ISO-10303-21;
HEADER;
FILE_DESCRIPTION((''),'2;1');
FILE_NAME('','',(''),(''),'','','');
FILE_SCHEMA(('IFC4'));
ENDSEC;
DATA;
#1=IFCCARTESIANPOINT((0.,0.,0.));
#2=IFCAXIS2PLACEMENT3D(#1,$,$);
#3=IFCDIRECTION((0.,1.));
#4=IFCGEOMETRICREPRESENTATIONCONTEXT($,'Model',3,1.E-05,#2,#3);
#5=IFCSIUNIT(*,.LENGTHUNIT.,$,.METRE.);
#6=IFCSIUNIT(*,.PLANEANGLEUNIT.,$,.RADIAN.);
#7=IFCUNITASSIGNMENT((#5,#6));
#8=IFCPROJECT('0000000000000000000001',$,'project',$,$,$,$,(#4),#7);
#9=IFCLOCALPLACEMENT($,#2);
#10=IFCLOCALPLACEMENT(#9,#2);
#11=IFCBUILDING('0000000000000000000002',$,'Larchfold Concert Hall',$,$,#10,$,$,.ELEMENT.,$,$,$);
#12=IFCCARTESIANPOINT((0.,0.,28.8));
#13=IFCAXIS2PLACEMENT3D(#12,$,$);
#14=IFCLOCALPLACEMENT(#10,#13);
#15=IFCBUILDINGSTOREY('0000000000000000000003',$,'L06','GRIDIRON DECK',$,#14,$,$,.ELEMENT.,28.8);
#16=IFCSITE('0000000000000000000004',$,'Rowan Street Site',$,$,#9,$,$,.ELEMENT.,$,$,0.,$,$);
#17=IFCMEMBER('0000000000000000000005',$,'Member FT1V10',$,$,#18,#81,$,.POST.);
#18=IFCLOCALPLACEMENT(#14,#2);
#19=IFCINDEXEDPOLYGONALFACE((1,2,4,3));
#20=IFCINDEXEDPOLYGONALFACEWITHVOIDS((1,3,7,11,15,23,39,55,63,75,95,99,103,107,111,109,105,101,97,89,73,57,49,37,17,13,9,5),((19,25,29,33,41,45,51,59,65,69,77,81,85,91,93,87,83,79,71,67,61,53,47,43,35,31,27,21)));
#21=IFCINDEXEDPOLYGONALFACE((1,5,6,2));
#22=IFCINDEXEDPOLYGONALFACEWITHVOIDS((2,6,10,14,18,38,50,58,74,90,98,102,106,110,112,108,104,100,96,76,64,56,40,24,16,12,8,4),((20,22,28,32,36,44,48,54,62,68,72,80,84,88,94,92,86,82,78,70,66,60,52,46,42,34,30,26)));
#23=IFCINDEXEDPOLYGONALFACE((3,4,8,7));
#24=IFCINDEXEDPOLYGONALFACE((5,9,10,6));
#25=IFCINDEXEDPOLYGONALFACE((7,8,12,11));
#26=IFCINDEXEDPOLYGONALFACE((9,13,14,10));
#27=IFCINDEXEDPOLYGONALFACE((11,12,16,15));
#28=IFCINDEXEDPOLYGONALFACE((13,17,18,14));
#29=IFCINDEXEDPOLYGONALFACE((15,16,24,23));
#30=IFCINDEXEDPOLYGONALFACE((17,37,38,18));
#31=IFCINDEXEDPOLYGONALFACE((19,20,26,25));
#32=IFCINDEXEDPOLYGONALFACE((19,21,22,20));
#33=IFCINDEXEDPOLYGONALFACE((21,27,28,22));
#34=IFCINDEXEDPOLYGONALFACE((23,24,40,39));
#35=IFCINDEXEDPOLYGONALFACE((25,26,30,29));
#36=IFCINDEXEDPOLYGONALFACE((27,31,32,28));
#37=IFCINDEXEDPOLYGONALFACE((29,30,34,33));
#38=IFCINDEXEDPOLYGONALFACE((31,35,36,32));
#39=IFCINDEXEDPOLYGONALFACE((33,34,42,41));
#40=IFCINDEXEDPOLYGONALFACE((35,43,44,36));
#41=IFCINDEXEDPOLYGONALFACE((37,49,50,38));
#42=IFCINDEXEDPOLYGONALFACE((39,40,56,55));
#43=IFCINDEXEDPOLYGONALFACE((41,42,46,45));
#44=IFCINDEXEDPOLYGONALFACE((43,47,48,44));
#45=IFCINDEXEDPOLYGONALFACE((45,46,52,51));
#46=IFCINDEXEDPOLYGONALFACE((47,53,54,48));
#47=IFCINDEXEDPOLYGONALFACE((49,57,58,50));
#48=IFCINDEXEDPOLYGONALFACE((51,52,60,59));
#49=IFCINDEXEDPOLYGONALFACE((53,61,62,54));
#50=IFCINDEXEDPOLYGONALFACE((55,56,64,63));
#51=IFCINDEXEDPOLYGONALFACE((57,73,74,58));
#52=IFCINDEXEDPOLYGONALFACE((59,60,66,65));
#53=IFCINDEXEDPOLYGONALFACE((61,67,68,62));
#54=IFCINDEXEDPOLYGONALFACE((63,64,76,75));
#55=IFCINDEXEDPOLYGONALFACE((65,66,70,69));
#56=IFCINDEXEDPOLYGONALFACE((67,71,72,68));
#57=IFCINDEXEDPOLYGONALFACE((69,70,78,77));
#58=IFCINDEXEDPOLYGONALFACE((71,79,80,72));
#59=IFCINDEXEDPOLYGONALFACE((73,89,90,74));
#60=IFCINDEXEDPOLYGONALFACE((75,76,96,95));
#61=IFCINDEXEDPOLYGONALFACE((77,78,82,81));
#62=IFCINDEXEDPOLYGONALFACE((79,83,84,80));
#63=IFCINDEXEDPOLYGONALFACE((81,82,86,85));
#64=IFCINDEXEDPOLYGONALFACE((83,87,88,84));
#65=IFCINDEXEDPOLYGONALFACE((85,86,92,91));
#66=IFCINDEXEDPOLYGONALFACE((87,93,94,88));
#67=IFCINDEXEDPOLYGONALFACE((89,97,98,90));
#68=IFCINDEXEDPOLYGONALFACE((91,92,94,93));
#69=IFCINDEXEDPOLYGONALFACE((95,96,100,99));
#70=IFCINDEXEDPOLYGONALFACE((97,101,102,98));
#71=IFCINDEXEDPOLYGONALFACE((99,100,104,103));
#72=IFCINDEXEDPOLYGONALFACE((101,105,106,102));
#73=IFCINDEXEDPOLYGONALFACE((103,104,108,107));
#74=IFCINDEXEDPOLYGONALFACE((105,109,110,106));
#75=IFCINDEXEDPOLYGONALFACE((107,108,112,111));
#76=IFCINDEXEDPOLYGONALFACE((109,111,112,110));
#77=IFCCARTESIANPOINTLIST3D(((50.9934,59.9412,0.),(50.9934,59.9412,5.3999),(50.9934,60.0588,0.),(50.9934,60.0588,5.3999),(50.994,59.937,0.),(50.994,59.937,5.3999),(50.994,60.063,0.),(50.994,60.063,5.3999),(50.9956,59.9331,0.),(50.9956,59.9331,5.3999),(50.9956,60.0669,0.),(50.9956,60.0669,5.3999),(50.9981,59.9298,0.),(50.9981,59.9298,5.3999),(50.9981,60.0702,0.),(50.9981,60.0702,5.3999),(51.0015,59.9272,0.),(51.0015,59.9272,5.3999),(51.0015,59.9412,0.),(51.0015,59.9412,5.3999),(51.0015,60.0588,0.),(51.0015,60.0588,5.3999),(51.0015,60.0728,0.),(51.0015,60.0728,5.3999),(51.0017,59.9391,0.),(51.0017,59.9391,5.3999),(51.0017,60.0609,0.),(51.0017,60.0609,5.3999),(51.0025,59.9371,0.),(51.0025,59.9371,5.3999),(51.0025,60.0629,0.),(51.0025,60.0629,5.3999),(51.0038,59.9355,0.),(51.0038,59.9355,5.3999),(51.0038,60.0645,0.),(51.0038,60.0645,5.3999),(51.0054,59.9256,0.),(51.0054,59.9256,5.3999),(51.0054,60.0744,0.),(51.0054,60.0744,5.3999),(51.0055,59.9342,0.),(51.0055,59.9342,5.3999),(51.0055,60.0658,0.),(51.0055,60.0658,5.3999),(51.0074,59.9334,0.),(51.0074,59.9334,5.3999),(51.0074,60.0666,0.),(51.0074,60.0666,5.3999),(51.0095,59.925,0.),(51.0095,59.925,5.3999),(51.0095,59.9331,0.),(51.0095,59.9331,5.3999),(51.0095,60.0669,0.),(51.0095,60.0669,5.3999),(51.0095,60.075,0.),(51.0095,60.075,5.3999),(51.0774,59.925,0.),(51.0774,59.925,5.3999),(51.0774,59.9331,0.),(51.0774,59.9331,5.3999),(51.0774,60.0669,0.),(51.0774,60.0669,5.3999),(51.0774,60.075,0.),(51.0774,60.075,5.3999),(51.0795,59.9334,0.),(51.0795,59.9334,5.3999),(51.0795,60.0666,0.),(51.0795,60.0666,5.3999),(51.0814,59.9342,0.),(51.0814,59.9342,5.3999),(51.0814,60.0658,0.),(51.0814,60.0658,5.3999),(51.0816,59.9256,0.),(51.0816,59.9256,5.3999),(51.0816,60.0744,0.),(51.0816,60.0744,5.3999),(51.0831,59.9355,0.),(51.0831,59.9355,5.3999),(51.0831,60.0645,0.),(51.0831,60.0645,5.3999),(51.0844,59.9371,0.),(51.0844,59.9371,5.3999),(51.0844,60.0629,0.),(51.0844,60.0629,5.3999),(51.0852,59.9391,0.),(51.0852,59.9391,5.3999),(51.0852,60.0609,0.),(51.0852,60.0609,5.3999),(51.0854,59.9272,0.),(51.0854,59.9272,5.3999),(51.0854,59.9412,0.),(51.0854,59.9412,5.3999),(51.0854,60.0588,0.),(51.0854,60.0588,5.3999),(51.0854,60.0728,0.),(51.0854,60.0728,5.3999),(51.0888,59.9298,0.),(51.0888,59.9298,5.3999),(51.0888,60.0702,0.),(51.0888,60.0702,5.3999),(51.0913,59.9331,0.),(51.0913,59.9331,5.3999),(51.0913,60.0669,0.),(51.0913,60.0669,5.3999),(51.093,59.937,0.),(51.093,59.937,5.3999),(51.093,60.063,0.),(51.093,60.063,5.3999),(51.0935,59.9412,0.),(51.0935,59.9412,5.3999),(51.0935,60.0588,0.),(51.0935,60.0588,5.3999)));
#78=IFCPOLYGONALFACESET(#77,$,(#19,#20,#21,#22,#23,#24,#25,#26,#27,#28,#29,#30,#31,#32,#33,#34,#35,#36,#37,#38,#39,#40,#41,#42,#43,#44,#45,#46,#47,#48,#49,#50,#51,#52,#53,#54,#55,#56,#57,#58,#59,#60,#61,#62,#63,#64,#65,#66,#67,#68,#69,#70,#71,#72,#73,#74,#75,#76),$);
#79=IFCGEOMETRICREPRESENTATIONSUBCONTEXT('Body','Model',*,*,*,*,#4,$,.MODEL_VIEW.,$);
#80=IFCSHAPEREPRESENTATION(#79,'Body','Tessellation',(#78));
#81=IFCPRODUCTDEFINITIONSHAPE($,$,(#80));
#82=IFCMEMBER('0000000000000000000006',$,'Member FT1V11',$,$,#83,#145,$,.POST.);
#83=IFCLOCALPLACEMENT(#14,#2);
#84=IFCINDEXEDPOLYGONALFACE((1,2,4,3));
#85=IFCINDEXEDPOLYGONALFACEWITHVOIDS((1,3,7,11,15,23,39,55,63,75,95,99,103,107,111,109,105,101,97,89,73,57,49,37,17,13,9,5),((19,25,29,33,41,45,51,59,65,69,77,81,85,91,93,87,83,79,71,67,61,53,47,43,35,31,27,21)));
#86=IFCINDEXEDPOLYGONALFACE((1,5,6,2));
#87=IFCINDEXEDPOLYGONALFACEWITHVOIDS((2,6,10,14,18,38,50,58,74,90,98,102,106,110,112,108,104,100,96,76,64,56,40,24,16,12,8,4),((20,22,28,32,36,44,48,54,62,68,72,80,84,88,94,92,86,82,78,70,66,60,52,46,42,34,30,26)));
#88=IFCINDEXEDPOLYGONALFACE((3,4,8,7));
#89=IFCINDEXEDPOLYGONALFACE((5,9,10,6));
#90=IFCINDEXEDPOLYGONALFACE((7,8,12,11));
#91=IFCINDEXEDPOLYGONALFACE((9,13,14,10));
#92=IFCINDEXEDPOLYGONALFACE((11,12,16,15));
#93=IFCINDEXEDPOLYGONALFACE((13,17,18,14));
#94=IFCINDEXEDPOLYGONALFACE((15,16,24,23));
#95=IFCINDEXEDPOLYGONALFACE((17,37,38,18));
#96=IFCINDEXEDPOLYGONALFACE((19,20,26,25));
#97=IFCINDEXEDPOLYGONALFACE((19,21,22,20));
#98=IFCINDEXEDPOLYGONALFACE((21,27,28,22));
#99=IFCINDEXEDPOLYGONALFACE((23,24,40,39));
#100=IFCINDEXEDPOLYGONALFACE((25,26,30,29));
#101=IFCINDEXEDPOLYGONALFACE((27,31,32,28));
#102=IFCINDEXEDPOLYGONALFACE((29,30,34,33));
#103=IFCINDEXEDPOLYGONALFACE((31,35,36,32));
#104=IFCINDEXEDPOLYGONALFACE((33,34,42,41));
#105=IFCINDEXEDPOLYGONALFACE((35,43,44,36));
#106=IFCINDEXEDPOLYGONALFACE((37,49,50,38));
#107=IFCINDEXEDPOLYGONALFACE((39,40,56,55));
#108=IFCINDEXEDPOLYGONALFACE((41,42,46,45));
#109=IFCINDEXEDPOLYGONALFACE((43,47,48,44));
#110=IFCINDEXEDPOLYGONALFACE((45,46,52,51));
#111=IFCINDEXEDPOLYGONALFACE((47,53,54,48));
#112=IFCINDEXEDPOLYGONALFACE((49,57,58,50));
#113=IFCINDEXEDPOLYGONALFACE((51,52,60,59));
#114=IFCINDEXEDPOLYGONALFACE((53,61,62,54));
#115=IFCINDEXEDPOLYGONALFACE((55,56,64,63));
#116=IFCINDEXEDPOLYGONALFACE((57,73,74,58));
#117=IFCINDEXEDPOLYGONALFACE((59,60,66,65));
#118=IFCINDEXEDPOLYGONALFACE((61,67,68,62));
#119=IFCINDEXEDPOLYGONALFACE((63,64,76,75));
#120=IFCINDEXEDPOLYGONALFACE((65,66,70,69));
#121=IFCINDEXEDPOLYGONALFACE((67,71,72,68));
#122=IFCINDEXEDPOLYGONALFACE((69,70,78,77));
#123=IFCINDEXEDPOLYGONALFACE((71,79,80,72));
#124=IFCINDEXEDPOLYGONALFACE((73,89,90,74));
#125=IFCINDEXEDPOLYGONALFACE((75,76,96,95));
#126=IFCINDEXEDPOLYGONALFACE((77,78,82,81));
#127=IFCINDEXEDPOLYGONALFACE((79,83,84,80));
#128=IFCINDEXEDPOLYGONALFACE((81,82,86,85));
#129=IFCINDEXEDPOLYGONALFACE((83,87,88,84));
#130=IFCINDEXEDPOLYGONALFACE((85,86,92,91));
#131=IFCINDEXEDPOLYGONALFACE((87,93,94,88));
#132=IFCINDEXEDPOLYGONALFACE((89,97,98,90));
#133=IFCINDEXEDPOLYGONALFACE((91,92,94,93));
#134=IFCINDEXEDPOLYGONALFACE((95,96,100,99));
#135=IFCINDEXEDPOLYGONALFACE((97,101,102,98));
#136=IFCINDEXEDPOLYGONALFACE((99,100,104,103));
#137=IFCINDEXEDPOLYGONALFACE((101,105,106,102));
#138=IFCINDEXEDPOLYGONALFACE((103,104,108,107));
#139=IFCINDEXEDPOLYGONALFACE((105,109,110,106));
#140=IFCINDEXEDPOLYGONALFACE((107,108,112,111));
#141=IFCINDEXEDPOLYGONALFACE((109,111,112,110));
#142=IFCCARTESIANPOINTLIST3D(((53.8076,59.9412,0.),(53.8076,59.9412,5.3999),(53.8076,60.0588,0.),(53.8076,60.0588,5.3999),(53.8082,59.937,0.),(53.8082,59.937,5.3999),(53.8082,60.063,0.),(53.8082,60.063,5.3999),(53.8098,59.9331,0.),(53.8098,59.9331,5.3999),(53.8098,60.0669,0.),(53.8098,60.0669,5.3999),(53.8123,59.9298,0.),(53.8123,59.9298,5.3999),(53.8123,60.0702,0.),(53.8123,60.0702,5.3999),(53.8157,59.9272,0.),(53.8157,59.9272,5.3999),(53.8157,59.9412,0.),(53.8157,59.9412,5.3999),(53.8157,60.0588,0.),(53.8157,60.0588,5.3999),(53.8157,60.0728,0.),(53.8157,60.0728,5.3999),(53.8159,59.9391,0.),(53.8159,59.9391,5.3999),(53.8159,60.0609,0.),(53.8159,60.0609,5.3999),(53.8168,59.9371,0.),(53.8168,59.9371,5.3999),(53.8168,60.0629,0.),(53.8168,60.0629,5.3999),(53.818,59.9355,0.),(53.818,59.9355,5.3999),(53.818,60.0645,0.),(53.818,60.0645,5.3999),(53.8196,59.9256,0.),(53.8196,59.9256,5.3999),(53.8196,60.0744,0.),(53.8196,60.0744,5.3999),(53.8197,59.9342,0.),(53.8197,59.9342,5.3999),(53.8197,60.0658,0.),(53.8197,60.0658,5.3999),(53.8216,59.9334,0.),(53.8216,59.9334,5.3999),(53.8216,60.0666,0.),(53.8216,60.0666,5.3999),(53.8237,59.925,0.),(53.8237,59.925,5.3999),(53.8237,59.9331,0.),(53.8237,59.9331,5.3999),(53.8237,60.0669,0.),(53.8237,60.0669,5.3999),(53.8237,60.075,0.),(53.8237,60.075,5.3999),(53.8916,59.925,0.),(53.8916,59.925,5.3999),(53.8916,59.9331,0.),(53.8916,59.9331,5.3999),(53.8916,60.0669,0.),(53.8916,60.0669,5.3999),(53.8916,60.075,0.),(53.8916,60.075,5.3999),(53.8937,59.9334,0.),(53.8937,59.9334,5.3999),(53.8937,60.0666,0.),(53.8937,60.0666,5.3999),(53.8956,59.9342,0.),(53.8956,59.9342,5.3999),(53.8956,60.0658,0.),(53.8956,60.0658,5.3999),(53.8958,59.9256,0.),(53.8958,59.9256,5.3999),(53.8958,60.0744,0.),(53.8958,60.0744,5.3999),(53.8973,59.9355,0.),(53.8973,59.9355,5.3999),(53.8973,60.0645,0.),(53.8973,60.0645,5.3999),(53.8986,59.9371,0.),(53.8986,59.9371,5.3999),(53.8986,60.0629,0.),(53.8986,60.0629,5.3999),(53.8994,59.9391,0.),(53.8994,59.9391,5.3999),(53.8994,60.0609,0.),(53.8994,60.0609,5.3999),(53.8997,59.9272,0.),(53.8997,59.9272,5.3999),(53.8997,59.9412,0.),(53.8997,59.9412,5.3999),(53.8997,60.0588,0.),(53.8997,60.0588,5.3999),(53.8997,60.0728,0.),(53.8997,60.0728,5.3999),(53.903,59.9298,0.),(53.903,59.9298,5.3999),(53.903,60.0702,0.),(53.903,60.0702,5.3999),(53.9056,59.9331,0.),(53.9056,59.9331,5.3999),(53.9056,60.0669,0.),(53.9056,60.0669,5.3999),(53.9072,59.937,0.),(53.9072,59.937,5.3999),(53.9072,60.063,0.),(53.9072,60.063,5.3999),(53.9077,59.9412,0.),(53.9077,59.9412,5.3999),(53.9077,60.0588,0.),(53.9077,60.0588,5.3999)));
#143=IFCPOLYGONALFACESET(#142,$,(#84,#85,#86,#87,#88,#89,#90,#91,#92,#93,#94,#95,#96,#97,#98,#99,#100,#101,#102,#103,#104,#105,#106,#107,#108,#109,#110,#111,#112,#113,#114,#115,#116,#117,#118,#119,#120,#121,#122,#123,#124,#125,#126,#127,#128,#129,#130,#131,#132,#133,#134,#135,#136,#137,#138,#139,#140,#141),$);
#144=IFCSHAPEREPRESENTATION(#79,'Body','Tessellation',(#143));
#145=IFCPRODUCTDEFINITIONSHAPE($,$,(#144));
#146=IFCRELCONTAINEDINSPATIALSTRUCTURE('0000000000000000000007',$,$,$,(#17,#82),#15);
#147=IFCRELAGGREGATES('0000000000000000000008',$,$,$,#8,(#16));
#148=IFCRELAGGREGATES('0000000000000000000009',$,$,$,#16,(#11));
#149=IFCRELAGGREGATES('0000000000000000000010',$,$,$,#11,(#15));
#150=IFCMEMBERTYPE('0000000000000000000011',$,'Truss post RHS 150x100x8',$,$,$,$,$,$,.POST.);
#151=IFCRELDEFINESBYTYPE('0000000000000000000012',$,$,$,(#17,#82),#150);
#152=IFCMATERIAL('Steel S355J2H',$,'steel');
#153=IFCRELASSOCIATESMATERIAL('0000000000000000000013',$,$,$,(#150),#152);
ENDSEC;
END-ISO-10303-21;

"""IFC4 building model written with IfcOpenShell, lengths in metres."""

from ifc_helpers import new_model, si_unit, direction, frame, origin, origin_2d, place, context, subcontext, project, spatial, hollow_rectangle, extrude, material, material_profile, profile_set, type_object, element, save


model = new_model("IFC4")

# Units and contexts
model_context = context("Model", 3, precision=1e-05, world=origin(), true_north=direction((0.0, 1.0)))
body_context = subcontext(model_context, "Body", "Model", "MODEL_VIEW")
ifc_project = project(units=[si_unit("LENGTHUNIT", "METRE"), si_unit("PLANEANGLEUNIT", "RADIAN")], contexts=[model_context])

# Site, building, storey
site_placement = place(None, origin())
site = spatial("IfcSite", under=ifc_project, at=site_placement, Name="Rowan Street Site", CompositionType="ELEMENT", RefElevation=0.0)
building_placement = place(site_placement, origin())
building = spatial("IfcBuilding", under=site, at=building_placement, Name="Larchfold Concert Hall", CompositionType="ELEMENT")
storey_placement = place(building_placement, frame((0.0, 0.0, 28.8)))
storey = spatial("IfcBuildingStorey", under=building, at=storey_placement, Name="L06", Description="GRIDIRON DECK", CompositionType="ELEMENT", Elevation=28.8)

# Members
ifc_material_1 = material(Name="Steel S355J2H", Category="steel")
ifc_material_profile_1 = material_profile(ifc_material_1, hollow_rectangle(XDim=0.1001, YDim=0.1499, WallThickness=0.0081, InnerFilletRadius=0.0081, OuterFilletRadius=0.0161, at=origin_2d()))
ifc_profile_set_1 = profile_set([ifc_material_profile_1], Name="Steel S355J2H")
member_type_1 = type_object("IfcMemberType", Name="Truss post RHS 150x100x8", PredefinedType="POST", material=ifc_profile_set_1)
for number, where, z_axis, x_axis, name in (
    (1, (51.0435, 60.0, 5.3999), (0.0, 0.0, -1.0), (1.0, 0.0, 0.0), "Member FT1V10"),
    (2, (53.8577, 60.0, 5.3999), (0.0, 0.0, -1.0), (1.0, 0.0, 0.0), "Member FT1V11"),
):
    element("IfcMember", number, at=place(storey_placement, frame(where, z_axis=z_axis, x_axis=x_axis)), inside=storey, type_object=member_type_1, Name=name, PredefinedType="POST", context=body_context, shape_type="SweptSolid", body=[
        extrude(hollow_rectangle(XDim=0.1001, YDim=0.1499, WallThickness=0.0081, InnerFilletRadius=0.0081, OuterFilletRadius=0.0161, at=origin_2d()), origin(), (0.0, 0.0, 1.0), 5.3999),
    ])

save(model, "model.ifc")
